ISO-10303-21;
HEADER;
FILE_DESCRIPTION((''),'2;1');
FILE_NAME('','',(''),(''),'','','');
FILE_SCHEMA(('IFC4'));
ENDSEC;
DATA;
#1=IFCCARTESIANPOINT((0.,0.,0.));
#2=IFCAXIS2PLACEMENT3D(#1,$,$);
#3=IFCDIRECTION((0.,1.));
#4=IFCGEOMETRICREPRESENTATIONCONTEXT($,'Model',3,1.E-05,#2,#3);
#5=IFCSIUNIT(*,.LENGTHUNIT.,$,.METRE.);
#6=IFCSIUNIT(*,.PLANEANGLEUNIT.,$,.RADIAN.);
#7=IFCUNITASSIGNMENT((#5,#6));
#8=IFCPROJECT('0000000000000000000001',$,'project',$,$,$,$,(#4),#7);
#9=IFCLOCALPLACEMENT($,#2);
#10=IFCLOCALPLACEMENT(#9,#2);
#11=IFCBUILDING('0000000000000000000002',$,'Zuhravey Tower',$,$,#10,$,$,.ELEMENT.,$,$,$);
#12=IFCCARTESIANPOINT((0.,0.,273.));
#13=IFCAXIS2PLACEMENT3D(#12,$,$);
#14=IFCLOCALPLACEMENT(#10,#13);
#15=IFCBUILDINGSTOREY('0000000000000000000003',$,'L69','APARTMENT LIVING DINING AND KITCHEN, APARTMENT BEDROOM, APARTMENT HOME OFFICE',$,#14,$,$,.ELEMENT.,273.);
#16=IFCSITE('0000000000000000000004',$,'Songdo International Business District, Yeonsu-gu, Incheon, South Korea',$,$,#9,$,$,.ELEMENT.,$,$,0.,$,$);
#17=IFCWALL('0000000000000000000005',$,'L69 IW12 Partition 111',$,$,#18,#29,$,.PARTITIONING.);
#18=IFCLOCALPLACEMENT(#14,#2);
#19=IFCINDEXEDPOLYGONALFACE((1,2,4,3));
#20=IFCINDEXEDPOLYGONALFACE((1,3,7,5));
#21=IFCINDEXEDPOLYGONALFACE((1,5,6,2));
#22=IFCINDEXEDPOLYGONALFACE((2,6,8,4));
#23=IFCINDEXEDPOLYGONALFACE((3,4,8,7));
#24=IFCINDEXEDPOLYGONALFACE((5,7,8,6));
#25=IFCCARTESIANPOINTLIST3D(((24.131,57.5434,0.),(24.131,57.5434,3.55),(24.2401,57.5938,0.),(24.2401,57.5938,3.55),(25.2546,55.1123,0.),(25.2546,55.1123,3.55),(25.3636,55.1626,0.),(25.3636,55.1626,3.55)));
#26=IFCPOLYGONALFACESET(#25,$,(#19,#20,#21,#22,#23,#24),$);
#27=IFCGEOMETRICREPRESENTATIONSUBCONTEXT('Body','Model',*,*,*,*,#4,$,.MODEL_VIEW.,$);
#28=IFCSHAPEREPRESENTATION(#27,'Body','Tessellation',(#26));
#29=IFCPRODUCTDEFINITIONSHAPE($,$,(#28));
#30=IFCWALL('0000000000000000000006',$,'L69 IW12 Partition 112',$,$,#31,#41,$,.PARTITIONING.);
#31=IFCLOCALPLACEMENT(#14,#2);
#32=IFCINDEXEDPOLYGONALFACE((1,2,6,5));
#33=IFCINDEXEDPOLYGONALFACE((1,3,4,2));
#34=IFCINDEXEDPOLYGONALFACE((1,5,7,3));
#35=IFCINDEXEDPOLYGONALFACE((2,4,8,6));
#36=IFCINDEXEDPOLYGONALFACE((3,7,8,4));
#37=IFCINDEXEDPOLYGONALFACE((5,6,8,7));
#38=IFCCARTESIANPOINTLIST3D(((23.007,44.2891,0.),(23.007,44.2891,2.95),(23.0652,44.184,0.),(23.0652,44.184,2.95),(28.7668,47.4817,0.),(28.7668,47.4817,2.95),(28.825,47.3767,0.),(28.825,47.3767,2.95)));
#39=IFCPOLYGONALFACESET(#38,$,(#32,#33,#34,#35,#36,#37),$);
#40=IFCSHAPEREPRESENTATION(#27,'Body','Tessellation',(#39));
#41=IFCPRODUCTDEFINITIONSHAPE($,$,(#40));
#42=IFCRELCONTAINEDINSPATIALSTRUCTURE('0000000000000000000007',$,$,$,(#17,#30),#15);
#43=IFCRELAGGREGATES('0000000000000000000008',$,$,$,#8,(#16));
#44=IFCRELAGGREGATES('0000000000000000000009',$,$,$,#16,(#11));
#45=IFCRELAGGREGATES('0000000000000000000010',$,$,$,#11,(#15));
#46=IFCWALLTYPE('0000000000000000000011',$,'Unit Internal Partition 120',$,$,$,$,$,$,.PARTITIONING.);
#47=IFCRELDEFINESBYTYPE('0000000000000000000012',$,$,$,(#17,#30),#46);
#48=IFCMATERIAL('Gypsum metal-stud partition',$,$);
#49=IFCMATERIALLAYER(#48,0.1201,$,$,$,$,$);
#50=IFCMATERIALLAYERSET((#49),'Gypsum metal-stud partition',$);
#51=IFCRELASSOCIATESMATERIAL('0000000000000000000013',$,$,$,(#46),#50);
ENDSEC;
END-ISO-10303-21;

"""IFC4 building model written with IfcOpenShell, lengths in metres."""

from ifc_helpers import new_model, si_unit, direction, frame, frame_2d, origin, place, context, subcontext, project, spatial, rectangle, extrude, material, layer, layer_set, type_object, element, save


model = new_model("IFC4")

# Units and contexts
model_context = context("Model", 3, precision=1e-05, world=origin(), true_north=direction((0.0, 1.0)))
body_context = subcontext(model_context, "Body", "Model", "MODEL_VIEW")
ifc_project = project(units=[si_unit("LENGTHUNIT", "METRE"), si_unit("PLANEANGLEUNIT", "RADIAN")], contexts=[model_context])

# Site, building, storey
site_placement = place(None, origin())
site = spatial("IfcSite", under=ifc_project, at=site_placement, Name="Songdo International Business District, Yeonsu-gu, Incheon, South Korea", CompositionType="ELEMENT", RefElevation=0.0)
building_placement = place(site_placement, origin())
building = spatial("IfcBuilding", under=site, at=building_placement, Name="Zuhravey Tower", CompositionType="ELEMENT")
storey_placement = place(building_placement, frame((0.0, 0.0, 273.0)))
storey = spatial("IfcBuildingStorey", under=building, at=storey_placement, Name="L69", Description="APARTMENT LIVING DINING AND KITCHEN, APARTMENT BEDROOM, APARTMENT HOME OFFICE", CompositionType="ELEMENT", Elevation=273.0)

# Shared definitions
ifc_material_1 = material(Name="Gypsum metal-stud partition")
ifc_layer_1 = layer(ifc_material_1, 0.1201)
ifc_layer_set_1 = layer_set([ifc_layer_1], Name="Gypsum metal-stud partition")
wall_type_1 = type_object("IfcWallType", Name="Unit Internal Partition 120", PredefinedType="PARTITIONING", material=ifc_layer_set_1)

# Walls
wall_1_placement = place(storey_placement, frame((25.3091, 55.1375, 0.0), z_axis=(0.0, 0.0, 1.0), x_axis=(-0.419509, 0.907751, 0.0)))
element("IfcWall", 1, at=wall_1_placement, inside=storey, type_object=wall_type_1, Name="L69 IW12 Partition 111", PredefinedType="PARTITIONING", context=body_context, shape_type="SweptSolid", body=[
    extrude(rectangle(XDim=2.6782, YDim=0.1201, at=frame_2d((1.3391, 0.0))), origin(), (0.0, 0.0, 1.0), 3.55),
])
wall_2_placement = place(storey_placement, frame((28.7959, 47.4292, 0.0), z_axis=(0.0, 0.0, 1.0), x_axis=(-0.874624, -0.484802, 0.0)))
element("IfcWall", 2, at=wall_2_placement, inside=storey, type_object=wall_type_1, Name="L69 IW12 Partition 112", PredefinedType="PARTITIONING", context=body_context, shape_type="SweptSolid", body=[
    extrude(rectangle(XDim=6.5854, YDim=0.1201, at=frame_2d((3.2927, 0.0))), origin(), (0.0, 0.0, 1.0), 2.95),
])

save(model, "model.ifc")
